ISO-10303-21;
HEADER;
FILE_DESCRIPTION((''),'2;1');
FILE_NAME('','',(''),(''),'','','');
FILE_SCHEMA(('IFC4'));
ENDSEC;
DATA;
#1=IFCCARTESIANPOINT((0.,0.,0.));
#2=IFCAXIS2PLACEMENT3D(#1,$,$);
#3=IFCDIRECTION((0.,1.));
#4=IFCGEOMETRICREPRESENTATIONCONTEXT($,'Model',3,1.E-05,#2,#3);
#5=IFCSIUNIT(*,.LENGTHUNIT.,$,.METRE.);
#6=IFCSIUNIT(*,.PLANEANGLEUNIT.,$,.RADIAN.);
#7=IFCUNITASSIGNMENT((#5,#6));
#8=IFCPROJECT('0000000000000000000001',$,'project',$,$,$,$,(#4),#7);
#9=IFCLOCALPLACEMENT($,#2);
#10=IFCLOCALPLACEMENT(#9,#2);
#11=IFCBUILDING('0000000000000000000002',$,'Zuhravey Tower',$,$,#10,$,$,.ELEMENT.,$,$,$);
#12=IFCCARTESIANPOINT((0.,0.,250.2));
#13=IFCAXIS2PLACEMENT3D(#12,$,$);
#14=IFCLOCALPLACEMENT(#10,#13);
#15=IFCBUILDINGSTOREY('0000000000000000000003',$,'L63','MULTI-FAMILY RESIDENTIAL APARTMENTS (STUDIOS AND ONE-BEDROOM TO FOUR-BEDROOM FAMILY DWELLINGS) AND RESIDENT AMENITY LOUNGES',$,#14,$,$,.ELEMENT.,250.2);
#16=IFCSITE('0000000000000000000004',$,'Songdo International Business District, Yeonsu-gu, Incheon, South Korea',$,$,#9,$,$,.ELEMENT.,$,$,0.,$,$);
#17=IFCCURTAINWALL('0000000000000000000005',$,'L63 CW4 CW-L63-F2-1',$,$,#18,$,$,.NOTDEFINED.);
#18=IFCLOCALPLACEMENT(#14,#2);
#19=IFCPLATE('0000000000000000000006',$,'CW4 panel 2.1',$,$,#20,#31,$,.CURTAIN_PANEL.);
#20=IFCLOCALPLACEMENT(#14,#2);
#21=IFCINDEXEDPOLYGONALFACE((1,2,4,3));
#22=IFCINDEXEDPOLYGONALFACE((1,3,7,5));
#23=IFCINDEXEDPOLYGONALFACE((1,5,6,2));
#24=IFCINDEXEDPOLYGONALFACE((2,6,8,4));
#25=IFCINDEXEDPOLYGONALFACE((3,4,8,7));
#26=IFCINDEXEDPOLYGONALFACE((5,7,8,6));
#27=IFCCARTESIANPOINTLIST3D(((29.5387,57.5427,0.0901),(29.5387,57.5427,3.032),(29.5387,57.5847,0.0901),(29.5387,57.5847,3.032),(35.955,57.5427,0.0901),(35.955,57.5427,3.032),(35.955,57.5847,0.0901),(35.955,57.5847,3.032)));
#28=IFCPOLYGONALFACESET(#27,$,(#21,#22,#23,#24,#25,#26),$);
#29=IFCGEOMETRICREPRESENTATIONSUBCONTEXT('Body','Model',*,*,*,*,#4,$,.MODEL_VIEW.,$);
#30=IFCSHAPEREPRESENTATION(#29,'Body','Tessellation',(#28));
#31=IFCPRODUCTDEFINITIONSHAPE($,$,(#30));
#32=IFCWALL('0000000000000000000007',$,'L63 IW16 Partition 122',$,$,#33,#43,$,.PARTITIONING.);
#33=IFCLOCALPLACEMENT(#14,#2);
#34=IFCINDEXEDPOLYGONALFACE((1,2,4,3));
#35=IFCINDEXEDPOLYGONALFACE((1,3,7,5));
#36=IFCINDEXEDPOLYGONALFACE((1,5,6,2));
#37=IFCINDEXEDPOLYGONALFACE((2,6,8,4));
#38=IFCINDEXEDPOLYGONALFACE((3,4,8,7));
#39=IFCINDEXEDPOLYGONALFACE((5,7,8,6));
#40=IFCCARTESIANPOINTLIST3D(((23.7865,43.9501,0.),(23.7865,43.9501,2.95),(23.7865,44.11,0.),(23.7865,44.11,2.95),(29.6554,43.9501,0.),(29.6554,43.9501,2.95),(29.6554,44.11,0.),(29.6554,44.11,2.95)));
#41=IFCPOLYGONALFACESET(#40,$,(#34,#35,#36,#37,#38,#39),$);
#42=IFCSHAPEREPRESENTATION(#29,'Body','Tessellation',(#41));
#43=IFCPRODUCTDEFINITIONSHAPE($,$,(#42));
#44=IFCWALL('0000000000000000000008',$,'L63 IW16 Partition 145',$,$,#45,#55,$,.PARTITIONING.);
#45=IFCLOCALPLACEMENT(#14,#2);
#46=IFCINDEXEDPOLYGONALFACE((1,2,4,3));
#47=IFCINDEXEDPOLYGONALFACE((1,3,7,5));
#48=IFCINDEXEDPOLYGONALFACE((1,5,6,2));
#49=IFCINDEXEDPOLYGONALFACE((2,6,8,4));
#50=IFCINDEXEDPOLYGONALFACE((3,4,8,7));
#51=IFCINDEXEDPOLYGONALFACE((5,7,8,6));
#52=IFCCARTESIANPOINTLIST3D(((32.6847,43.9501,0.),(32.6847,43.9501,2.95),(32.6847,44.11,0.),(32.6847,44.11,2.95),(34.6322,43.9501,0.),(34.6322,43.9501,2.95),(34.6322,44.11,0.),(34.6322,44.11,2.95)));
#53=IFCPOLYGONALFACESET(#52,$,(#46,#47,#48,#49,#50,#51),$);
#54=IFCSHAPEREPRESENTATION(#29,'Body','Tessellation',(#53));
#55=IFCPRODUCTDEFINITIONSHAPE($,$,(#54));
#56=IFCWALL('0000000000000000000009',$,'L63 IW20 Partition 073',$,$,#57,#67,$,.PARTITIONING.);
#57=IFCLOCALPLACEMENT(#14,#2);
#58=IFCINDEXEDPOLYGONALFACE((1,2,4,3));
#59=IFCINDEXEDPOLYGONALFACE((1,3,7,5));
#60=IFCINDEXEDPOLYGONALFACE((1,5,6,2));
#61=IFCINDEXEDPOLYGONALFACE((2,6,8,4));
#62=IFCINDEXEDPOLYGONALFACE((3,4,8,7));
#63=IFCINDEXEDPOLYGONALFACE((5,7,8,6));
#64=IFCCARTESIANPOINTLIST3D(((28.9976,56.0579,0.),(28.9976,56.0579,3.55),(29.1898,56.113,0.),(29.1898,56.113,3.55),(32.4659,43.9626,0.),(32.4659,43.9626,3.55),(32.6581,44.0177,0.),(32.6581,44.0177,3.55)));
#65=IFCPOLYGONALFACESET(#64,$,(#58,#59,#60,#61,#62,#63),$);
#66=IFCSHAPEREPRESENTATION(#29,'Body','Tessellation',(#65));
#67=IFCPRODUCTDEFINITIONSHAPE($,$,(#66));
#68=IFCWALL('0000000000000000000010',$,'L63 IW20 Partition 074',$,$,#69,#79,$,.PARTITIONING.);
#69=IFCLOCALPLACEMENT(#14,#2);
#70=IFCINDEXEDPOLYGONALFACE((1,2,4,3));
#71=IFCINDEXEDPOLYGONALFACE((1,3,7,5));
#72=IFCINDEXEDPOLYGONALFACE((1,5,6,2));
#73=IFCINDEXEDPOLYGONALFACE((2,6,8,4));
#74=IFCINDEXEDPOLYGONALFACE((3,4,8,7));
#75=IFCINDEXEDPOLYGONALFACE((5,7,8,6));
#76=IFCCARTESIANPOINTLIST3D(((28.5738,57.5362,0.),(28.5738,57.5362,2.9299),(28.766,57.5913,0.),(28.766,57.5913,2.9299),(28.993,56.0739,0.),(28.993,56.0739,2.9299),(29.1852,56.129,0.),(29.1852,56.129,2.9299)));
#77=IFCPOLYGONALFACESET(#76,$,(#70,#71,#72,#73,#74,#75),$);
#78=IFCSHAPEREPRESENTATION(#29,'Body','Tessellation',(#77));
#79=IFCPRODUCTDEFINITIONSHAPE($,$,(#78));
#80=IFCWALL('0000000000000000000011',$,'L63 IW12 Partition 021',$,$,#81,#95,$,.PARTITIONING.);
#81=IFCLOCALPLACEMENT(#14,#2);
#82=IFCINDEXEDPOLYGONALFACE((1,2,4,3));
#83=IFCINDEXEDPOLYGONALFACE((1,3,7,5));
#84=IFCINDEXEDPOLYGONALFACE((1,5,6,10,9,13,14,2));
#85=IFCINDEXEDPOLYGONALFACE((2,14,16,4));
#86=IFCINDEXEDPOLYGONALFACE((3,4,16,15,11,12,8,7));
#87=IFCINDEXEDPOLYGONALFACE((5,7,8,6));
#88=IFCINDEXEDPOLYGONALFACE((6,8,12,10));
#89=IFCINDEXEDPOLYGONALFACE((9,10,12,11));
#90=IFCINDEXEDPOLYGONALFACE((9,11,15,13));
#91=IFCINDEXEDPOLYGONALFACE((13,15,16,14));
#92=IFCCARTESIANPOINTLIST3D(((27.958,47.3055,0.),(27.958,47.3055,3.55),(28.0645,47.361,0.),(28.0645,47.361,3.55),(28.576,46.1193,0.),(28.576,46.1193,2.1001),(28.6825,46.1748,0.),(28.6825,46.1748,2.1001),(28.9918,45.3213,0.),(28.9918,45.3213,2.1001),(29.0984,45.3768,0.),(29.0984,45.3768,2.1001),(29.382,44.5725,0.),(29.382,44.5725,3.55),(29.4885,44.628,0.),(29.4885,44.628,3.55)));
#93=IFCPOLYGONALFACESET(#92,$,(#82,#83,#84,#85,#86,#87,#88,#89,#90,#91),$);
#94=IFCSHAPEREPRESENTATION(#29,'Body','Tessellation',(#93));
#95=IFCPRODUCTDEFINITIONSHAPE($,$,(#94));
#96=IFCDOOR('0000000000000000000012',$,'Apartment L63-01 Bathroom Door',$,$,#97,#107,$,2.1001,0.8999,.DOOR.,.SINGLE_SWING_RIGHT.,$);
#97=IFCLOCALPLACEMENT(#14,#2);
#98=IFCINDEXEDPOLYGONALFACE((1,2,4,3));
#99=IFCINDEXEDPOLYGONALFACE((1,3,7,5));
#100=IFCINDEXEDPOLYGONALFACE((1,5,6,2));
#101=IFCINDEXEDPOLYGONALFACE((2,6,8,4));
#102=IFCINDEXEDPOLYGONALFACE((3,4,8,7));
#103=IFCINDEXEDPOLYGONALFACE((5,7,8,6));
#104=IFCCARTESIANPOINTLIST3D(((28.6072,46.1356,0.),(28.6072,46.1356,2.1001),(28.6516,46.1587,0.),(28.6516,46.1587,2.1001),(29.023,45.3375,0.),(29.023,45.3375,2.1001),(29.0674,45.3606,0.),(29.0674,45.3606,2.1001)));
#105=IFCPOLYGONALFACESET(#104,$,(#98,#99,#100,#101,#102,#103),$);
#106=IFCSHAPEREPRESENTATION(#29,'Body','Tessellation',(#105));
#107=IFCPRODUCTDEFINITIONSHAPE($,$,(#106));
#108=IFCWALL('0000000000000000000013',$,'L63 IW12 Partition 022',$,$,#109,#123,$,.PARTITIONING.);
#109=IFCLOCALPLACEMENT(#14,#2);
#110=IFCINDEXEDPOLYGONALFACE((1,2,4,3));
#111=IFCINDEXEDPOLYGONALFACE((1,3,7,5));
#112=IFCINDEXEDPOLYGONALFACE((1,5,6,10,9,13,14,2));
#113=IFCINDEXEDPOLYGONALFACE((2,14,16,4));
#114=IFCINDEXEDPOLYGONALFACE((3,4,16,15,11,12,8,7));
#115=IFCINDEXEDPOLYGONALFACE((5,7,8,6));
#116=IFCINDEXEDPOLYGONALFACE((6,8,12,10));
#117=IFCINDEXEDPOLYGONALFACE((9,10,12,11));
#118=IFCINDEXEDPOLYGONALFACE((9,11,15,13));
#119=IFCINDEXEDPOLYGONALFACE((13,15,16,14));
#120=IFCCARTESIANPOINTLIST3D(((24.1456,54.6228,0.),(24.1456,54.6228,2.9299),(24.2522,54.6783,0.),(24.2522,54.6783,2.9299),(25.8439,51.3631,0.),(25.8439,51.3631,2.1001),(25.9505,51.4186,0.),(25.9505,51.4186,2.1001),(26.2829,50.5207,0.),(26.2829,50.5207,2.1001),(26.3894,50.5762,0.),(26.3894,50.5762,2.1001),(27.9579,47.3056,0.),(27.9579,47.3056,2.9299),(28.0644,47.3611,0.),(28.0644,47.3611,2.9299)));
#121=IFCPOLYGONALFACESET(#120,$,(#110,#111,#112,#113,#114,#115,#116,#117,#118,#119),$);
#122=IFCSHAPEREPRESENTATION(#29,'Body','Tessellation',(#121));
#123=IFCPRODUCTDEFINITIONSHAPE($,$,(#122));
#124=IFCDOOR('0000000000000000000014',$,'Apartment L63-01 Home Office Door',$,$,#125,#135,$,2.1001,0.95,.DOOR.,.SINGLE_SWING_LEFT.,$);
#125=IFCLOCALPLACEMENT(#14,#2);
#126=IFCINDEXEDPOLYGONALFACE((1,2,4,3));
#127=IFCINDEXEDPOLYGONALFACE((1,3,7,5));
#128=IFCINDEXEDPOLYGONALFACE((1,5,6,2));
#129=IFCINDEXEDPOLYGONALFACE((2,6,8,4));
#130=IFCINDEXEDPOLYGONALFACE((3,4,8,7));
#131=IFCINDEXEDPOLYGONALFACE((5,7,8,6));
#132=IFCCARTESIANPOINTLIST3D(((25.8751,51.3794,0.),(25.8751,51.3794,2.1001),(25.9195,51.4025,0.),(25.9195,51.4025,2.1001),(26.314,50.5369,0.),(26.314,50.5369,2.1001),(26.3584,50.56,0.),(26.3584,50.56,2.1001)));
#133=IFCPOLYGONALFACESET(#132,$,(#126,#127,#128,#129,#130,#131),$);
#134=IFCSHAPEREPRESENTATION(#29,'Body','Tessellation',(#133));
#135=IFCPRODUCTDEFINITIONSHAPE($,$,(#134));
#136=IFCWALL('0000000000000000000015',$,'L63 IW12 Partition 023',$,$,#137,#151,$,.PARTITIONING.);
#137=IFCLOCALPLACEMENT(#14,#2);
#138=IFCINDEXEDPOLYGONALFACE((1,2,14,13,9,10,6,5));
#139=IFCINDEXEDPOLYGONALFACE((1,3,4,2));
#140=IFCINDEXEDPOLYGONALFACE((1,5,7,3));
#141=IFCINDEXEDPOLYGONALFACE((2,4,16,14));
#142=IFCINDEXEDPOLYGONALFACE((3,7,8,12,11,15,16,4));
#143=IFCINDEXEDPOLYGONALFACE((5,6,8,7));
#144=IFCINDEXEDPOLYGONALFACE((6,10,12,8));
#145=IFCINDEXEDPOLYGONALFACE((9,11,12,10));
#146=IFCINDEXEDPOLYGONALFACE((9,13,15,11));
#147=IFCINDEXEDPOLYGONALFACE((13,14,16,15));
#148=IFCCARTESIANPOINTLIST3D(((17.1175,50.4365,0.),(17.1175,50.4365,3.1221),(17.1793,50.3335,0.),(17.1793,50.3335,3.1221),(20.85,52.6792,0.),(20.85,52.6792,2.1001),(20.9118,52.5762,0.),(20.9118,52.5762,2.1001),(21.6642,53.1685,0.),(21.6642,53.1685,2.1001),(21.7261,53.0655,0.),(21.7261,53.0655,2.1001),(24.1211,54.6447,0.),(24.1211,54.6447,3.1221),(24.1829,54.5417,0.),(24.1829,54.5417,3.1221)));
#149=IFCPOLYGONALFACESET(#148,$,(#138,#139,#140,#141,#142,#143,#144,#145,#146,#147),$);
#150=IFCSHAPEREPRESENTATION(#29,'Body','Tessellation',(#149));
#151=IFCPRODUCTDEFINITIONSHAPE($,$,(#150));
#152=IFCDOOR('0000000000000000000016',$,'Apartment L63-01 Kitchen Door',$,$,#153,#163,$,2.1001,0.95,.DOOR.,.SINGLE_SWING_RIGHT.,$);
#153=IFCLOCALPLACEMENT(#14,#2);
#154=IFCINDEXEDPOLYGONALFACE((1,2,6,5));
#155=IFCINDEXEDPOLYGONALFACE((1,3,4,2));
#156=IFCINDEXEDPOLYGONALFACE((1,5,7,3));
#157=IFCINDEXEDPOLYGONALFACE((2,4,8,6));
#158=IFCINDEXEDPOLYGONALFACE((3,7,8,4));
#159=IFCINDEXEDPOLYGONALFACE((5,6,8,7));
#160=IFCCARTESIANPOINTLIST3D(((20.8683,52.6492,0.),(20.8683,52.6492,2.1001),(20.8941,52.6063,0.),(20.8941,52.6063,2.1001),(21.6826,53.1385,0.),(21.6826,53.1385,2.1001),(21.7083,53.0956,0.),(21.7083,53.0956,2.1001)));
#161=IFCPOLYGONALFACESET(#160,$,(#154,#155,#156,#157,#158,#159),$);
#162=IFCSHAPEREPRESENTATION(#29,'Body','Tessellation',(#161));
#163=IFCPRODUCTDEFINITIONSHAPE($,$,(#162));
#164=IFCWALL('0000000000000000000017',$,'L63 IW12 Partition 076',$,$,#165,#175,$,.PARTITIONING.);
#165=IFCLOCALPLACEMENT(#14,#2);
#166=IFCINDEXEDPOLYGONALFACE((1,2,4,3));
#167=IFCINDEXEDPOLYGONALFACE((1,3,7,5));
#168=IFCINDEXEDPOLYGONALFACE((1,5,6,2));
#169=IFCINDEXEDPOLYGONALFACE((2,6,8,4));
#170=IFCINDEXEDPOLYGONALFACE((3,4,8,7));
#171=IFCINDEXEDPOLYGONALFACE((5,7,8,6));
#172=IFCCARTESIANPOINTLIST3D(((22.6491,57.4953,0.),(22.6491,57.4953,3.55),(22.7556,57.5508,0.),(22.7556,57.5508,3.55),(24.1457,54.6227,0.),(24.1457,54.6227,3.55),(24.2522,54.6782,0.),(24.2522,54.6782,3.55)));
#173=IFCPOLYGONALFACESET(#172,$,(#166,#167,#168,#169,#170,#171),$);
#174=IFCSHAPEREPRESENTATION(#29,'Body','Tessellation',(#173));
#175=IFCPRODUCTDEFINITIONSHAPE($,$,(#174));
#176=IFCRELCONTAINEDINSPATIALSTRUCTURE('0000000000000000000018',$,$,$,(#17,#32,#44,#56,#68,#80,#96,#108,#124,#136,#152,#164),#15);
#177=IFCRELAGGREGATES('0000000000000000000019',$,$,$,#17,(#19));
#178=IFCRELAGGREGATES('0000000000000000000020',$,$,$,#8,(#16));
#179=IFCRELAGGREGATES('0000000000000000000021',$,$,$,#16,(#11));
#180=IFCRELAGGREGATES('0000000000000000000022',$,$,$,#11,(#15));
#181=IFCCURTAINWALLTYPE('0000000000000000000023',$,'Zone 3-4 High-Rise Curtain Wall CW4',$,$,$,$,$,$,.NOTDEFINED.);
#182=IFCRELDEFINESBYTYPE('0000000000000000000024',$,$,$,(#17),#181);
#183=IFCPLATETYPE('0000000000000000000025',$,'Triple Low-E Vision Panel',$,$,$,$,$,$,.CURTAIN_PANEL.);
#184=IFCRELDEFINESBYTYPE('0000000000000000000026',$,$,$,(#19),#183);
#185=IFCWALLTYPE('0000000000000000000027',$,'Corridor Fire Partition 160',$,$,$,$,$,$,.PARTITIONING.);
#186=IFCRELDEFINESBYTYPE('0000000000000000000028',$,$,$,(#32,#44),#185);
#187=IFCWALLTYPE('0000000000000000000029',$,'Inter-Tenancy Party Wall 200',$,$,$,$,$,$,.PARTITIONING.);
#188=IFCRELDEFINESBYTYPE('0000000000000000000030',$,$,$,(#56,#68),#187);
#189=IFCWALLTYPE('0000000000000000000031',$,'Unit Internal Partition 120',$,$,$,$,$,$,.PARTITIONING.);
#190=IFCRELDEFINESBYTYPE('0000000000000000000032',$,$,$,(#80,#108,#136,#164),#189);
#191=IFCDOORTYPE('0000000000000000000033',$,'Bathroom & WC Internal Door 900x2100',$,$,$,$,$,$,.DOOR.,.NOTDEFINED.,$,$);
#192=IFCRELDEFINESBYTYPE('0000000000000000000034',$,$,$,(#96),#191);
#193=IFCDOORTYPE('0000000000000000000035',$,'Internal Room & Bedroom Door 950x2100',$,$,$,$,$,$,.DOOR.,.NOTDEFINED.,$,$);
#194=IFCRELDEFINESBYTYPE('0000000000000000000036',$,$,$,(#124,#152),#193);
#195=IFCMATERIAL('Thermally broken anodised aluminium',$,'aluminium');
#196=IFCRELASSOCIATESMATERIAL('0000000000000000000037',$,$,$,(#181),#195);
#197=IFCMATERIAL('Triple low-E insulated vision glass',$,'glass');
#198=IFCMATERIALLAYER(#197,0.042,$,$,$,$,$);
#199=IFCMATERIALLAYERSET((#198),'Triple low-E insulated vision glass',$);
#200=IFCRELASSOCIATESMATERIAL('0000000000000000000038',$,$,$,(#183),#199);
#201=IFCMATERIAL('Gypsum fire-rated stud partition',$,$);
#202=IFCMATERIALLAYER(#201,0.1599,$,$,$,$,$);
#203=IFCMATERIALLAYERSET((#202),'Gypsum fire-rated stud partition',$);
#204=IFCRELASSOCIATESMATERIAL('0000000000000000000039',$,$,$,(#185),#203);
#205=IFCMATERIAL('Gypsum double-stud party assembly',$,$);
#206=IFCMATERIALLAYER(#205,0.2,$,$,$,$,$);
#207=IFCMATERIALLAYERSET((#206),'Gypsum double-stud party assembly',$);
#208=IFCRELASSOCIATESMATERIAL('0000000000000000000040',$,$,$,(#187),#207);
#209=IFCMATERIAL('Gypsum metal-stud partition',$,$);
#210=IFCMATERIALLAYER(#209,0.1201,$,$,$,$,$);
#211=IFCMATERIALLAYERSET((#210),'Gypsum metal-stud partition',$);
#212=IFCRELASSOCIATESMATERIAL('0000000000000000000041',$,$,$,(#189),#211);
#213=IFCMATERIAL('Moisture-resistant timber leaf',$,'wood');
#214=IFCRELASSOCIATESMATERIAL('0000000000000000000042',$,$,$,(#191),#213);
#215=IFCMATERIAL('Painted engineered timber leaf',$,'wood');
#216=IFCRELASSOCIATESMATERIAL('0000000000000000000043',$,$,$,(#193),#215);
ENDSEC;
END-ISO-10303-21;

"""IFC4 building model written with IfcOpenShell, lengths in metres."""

from ifc_helpers import new_model, si_unit, direction, frame, frame_2d, origin, origin_2d, place, context, subcontext, project, spatial, rectangle, extrude, material, layer, layer_set, type_object, element, fill, aggregate, save


model = new_model("IFC4")

# Units and contexts
model_context = context("Model", 3, precision=1e-05, world=origin(), true_north=direction((0.0, 1.0)))
body_context = subcontext(model_context, "Body", "Model", "MODEL_VIEW")
ifc_project = project(units=[si_unit("LENGTHUNIT", "METRE"), si_unit("PLANEANGLEUNIT", "RADIAN")], contexts=[model_context])

# Site, building, storey
site_placement = place(None, origin())
site = spatial("IfcSite", under=ifc_project, at=site_placement, Name="Songdo International Business District, Yeonsu-gu, Incheon, South Korea", CompositionType="ELEMENT", RefElevation=0.0)
building_placement = place(site_placement, origin())
building = spatial("IfcBuilding", under=site, at=building_placement, Name="Zuhravey Tower", CompositionType="ELEMENT")
storey_placement = place(building_placement, frame((0.0, 0.0, 250.2)))
storey = spatial("IfcBuildingStorey", under=building, at=storey_placement, Name="L63", Description="MULTI-FAMILY RESIDENTIAL APARTMENTS (STUDIOS AND ONE-BEDROOM TO FOUR-BEDROOM FAMILY DWELLINGS) AND RESIDENT AMENITY LOUNGES", CompositionType="ELEMENT", Elevation=250.2)

# Curtain wall
ifc_material_1 = material(Name="Thermally broken anodised aluminium", Category="aluminium")
curtain_wall_type = type_object("IfcCurtainWallType", Name="Zone 3-4 High-Rise Curtain Wall CW4", PredefinedType="NOTDEFINED", material=ifc_material_1)
curtain_wall_placement = place(storey_placement, origin())
curtain_wall = element("IfcCurtainWall", 1, at=curtain_wall_placement, inside=storey, type_object=curtain_wall_type, Name="L63 CW4 CW-L63-F2-1", PredefinedType="NOTDEFINED")

# Plate
ifc_material_2 = material(Name="Triple low-E insulated vision glass", Category="glass")
ifc_layer_1 = layer(ifc_material_2, 0.042)
ifc_layer_set_1 = layer_set([ifc_layer_1], Name="Triple low-E insulated vision glass")
plate_type = type_object("IfcPlateType", Name="Triple Low-E Vision Panel", PredefinedType="CURTAIN_PANEL", material=ifc_layer_set_1)
plate_1_placement = place(storey_placement, frame((32.7468, 57.5637, 0.0901), z_axis=(0.0, 0.0, 1.0), x_axis=(1.0, 0.0, 0.0)))
plate_1 = element("IfcPlate", 2, at=plate_1_placement, type_object=plate_type, Name="CW4 panel 2.1", PredefinedType="CURTAIN_PANEL", context=body_context, shape_type="SweptSolid", body=[
    extrude(rectangle(XDim=6.4163, YDim=0.042, at=origin_2d()), origin(), (0.0, 0.0, 1.0), 2.9419),
])
aggregate(curtain_wall, [plate_1])

# Shared definitions
ifc_material_3 = material(Name="Gypsum fire-rated stud partition")
ifc_layer_2 = layer(ifc_material_3, 0.1599)
ifc_layer_set_2 = layer_set([ifc_layer_2], Name="Gypsum fire-rated stud partition")
wall_type_1 = type_object("IfcWallType", Name="Corridor Fire Partition 160", PredefinedType="PARTITIONING", material=ifc_layer_set_2)

# Walls
wall_1_placement = place(storey_placement, frame((29.6555, 44.03, 0.0), z_axis=(0.0, 0.0, 1.0), x_axis=(-1.0, 0.0, 0.0)))
element("IfcWall", 3, at=wall_1_placement, inside=storey, type_object=wall_type_1, Name="L63 IW16 Partition 122", PredefinedType="PARTITIONING", context=body_context, shape_type="SweptSolid", body=[
    extrude(rectangle(XDim=5.8689, YDim=0.1599, at=frame_2d((2.9346, 0.0))), origin(), (0.0, 0.0, 1.0), 2.95),
])
wall_2_placement = place(storey_placement, frame((34.6321, 44.03, 0.0), z_axis=(0.0, 0.0, 1.0), x_axis=(-1.0, 0.0, 0.0)))
element("IfcWall", 4, at=wall_2_placement, inside=storey, type_object=wall_type_1, Name="L63 IW16 Partition 145", PredefinedType="PARTITIONING", context=body_context, shape_type="SweptSolid", body=[
    extrude(rectangle(XDim=1.9475, YDim=0.1599, at=frame_2d((0.9736, 0.0))), origin(), (0.0, 0.0, 1.0), 2.95),
])
ifc_material_4 = material(Name="Gypsum double-stud party assembly")
ifc_layer_3 = layer(ifc_material_4, 0.2)
ifc_layer_set_3 = layer_set([ifc_layer_3], Name="Gypsum double-stud party assembly")
wall_type_2 = type_object("IfcWallType", Name="Inter-Tenancy Party Wall 200", PredefinedType="PARTITIONING", material=ifc_layer_set_3)
wall_3_placement = place(storey_placement, frame((32.562, 43.99, 0.0), z_axis=(0.0, 0.0, 1.0), x_axis=(-0.275638, 0.961261, 0.0)))
element("IfcWall", 5, at=wall_3_placement, inside=storey, type_object=wall_type_2, Name="L63 IW20 Partition 073", PredefinedType="PARTITIONING", context=body_context, shape_type="SweptSolid", body=[
    extrude(rectangle(XDim=12.5828, YDim=0.2, at=frame_2d((6.2915, 0.0))), origin(), (0.0, 0.0, 1.0), 3.55),
])
wall_4_placement = place(storey_placement, frame((29.0891, 56.1013, 0.0), z_axis=(0.0, 0.0, 1.0), x_axis=(-0.275548, 0.961287, 0.0)))
element("IfcWall", 6, at=wall_4_placement, inside=storey, type_object=wall_type_2, Name="L63 IW20 Partition 074", PredefinedType="PARTITIONING", context=body_context, shape_type="SweptSolid", body=[
    extrude(rectangle(XDim=1.5212, YDim=0.2, at=frame_2d((0.7607, 0.0))), origin(), (0.0, 0.0, 1.0), 2.9299),
])

# Walls, openings, doors
ifc_material_5 = material(Name="Gypsum metal-stud partition")
ifc_layer_4 = layer(ifc_material_5, 0.1201)
ifc_layer_set_4 = layer_set([ifc_layer_4], Name="Gypsum metal-stud partition")
wall_type_3 = type_object("IfcWallType", Name="Unit Internal Partition 120", PredefinedType="PARTITIONING", material=ifc_layer_set_4)
wall_5_placement = place(storey_placement, frame((29.4353, 44.6001, 0.0), z_axis=(0.0, 0.0, 1.0), x_axis=(-0.462076, 0.88684, 0.0)))
wall_5 = element("IfcWall", 7, at=wall_5_placement, inside=storey, type_object=wall_type_3, Name="L63 IW12 Partition 021", PredefinedType="PARTITIONING", context=body_context, shape_type="SweptSolid", body=[
    extrude(rectangle(XDim=3.0818, YDim=0.1201, at=frame_2d((1.541, 0.0))), origin(), (0.0, 0.0, 1.0), 3.55),
])
opening_1_placement = place(wall_5_placement, frame((0.8445, 0.0, 0.0)))
opening_1 = element("IfcOpeningElement", 8, at=opening_1_placement, cuts=wall_5, PredefinedType="OPENING", context=body_context, shape_type="SweptSolid", body=[
    extrude(rectangle(XDim=0.8999, YDim=2.1001, at=frame_2d((0.45, 1.05))), frame((0.0, 0.072, 0.0), z_axis=(0.0, -1.0, 0.0), x_axis=(1.0, 0.0, 0.0)), (0.0, 0.0, 1.0), 0.144),
])
ifc_material_6 = material(Name="Moisture-resistant timber leaf", Category="wood")
door_type_1 = type_object("IfcDoorType", Name="Bathroom & WC Internal Door 900x2100", OperationType="NOTDEFINED", PredefinedType="DOOR", material=ifc_material_6)
door_1_placement = place(opening_1_placement, origin())
door_1 = element("IfcDoor", 9, at=door_1_placement, inside=storey, type_object=door_type_1, Name="Apartment L63-01 Bathroom Door", OperationType="SINGLE_SWING_RIGHT", OverallHeight=2.1001, OverallWidth=0.8999, PredefinedType="DOOR", context=body_context, shape_type="SweptSolid", body=[
    extrude(rectangle(XDim=0.8999, YDim=2.1001, at=frame_2d((0.45, 1.05))), frame((0.0, 0.0249, 0.0), z_axis=(0.0, -1.0, 0.0), x_axis=(1.0, 0.0, 0.0)), (0.0, 0.0, 1.0), 0.05),
])
fill(opening_1, door_1)
wall_6_placement = place(storey_placement, frame((28.0112, 47.3333, 0.0), z_axis=(0.0, 0.0, 1.0), x_axis=(-0.462053, 0.886852, 0.0)))
wall_6 = element("IfcWall", 10, at=wall_6_placement, inside=storey, type_object=wall_type_3, Name="L63 IW12 Partition 022", PredefinedType="PARTITIONING", context=body_context, shape_type="SweptSolid", body=[
    extrude(rectangle(XDim=8.2507, YDim=0.1201, at=frame_2d((4.1255, 0.0))), origin(), (0.0, 0.0, 1.0), 2.9299),
])
opening_2_placement = place(wall_6_placement, frame((3.6252, 0.0, 0.0)))
opening_2 = element("IfcOpeningElement", 11, at=opening_2_placement, cuts=wall_6, PredefinedType="OPENING", context=body_context, shape_type="SweptSolid", body=[
    extrude(rectangle(XDim=0.95, YDim=2.1001, at=frame_2d((0.4751, 1.05))), frame((0.0, 0.072, 0.0), z_axis=(0.0, -1.0, 0.0), x_axis=(1.0, 0.0, 0.0)), (0.0, 0.0, 1.0), 0.144),
])
ifc_material_7 = material(Name="Painted engineered timber leaf", Category="wood")
door_type_2 = type_object("IfcDoorType", Name="Internal Room & Bedroom Door 950x2100", OperationType="NOTDEFINED", PredefinedType="DOOR", material=ifc_material_7)
door_2_placement = place(opening_2_placement, origin())
door_2 = element("IfcDoor", 12, at=door_2_placement, inside=storey, type_object=door_type_2, Name="Apartment L63-01 Home Office Door", OperationType="SINGLE_SWING_LEFT", OverallHeight=2.1001, OverallWidth=0.95, PredefinedType="DOOR", context=body_context, shape_type="SweptSolid", body=[
    extrude(rectangle(XDim=0.95, YDim=2.1001, at=frame_2d((0.4751, 1.05))), frame((0.0, 0.0249, 0.0), z_axis=(0.0, -1.0, 0.0), x_axis=(1.0, 0.0, 0.0)), (0.0, 0.0, 1.0), 0.05),
])
fill(opening_2, door_2)
wall_7_placement = place(storey_placement, frame((24.1521, 54.5933, 0.0), z_axis=(0.0, 0.0, 1.0), x_axis=(-0.857166, -0.515041, 0.0)))
wall_7 = element("IfcWall", 13, at=wall_7_placement, inside=storey, type_object=wall_type_3, Name="L63 IW12 Partition 023", PredefinedType="PARTITIONING", context=body_context, shape_type="SweptSolid", body=[
    extrude(rectangle(XDim=8.1707, YDim=0.1201, at=frame_2d((4.0854, 0.0))), origin(), (0.0, 0.0, 1.0), 3.1221),
])
opening_3_placement = place(wall_7_placement, frame((2.8662, 0.0, 0.0)))
opening_3 = element("IfcOpeningElement", 14, at=opening_3_placement, cuts=wall_7, PredefinedType="OPENING", context=body_context, shape_type="SweptSolid", body=[
    extrude(rectangle(XDim=0.95, YDim=2.1001, at=frame_2d((0.4751, 1.05))), frame((0.0, 0.072, 0.0), z_axis=(0.0, -1.0, 0.0), x_axis=(1.0, 0.0, 0.0)), (0.0, 0.0, 1.0), 0.144),
])
door_3_placement = place(opening_3_placement, frame((0.95, 0.0, 0.0), z_axis=(0.0, 0.0, 1.0), x_axis=(-1.0, 0.0, 0.0)))
door_3 = element("IfcDoor", 15, at=door_3_placement, inside=storey, type_object=door_type_2, Name="Apartment L63-01 Kitchen Door", OperationType="SINGLE_SWING_RIGHT", OverallHeight=2.1001, OverallWidth=0.95, PredefinedType="DOOR", context=body_context, shape_type="SweptSolid", body=[
    extrude(rectangle(XDim=0.95, YDim=2.1001, at=frame_2d((0.4751, 1.05))), frame((0.0, 0.0249, 0.0), z_axis=(0.0, -1.0, 0.0), x_axis=(1.0, 0.0, 0.0)), (0.0, 0.0, 1.0), 0.05),
])
fill(opening_3, door_3)

# Wall
wall_8_placement = place(storey_placement, frame((24.199, 54.6504, 0.0), z_axis=(0.0, 0.0, 1.0), x_axis=(-0.462046, 0.886856, 0.0)))
element("IfcWall", 16, at=wall_8_placement, inside=storey, type_object=wall_type_3, Name="L63 IW12 Partition 076", PredefinedType="PARTITIONING", context=body_context, shape_type="SweptSolid", body=[
    extrude(rectangle(XDim=3.239, YDim=0.1201, at=frame_2d((1.6196, 0.0))), origin(), (0.0, 0.0, 1.0), 3.55),
])

save(model, "model.ifc")
